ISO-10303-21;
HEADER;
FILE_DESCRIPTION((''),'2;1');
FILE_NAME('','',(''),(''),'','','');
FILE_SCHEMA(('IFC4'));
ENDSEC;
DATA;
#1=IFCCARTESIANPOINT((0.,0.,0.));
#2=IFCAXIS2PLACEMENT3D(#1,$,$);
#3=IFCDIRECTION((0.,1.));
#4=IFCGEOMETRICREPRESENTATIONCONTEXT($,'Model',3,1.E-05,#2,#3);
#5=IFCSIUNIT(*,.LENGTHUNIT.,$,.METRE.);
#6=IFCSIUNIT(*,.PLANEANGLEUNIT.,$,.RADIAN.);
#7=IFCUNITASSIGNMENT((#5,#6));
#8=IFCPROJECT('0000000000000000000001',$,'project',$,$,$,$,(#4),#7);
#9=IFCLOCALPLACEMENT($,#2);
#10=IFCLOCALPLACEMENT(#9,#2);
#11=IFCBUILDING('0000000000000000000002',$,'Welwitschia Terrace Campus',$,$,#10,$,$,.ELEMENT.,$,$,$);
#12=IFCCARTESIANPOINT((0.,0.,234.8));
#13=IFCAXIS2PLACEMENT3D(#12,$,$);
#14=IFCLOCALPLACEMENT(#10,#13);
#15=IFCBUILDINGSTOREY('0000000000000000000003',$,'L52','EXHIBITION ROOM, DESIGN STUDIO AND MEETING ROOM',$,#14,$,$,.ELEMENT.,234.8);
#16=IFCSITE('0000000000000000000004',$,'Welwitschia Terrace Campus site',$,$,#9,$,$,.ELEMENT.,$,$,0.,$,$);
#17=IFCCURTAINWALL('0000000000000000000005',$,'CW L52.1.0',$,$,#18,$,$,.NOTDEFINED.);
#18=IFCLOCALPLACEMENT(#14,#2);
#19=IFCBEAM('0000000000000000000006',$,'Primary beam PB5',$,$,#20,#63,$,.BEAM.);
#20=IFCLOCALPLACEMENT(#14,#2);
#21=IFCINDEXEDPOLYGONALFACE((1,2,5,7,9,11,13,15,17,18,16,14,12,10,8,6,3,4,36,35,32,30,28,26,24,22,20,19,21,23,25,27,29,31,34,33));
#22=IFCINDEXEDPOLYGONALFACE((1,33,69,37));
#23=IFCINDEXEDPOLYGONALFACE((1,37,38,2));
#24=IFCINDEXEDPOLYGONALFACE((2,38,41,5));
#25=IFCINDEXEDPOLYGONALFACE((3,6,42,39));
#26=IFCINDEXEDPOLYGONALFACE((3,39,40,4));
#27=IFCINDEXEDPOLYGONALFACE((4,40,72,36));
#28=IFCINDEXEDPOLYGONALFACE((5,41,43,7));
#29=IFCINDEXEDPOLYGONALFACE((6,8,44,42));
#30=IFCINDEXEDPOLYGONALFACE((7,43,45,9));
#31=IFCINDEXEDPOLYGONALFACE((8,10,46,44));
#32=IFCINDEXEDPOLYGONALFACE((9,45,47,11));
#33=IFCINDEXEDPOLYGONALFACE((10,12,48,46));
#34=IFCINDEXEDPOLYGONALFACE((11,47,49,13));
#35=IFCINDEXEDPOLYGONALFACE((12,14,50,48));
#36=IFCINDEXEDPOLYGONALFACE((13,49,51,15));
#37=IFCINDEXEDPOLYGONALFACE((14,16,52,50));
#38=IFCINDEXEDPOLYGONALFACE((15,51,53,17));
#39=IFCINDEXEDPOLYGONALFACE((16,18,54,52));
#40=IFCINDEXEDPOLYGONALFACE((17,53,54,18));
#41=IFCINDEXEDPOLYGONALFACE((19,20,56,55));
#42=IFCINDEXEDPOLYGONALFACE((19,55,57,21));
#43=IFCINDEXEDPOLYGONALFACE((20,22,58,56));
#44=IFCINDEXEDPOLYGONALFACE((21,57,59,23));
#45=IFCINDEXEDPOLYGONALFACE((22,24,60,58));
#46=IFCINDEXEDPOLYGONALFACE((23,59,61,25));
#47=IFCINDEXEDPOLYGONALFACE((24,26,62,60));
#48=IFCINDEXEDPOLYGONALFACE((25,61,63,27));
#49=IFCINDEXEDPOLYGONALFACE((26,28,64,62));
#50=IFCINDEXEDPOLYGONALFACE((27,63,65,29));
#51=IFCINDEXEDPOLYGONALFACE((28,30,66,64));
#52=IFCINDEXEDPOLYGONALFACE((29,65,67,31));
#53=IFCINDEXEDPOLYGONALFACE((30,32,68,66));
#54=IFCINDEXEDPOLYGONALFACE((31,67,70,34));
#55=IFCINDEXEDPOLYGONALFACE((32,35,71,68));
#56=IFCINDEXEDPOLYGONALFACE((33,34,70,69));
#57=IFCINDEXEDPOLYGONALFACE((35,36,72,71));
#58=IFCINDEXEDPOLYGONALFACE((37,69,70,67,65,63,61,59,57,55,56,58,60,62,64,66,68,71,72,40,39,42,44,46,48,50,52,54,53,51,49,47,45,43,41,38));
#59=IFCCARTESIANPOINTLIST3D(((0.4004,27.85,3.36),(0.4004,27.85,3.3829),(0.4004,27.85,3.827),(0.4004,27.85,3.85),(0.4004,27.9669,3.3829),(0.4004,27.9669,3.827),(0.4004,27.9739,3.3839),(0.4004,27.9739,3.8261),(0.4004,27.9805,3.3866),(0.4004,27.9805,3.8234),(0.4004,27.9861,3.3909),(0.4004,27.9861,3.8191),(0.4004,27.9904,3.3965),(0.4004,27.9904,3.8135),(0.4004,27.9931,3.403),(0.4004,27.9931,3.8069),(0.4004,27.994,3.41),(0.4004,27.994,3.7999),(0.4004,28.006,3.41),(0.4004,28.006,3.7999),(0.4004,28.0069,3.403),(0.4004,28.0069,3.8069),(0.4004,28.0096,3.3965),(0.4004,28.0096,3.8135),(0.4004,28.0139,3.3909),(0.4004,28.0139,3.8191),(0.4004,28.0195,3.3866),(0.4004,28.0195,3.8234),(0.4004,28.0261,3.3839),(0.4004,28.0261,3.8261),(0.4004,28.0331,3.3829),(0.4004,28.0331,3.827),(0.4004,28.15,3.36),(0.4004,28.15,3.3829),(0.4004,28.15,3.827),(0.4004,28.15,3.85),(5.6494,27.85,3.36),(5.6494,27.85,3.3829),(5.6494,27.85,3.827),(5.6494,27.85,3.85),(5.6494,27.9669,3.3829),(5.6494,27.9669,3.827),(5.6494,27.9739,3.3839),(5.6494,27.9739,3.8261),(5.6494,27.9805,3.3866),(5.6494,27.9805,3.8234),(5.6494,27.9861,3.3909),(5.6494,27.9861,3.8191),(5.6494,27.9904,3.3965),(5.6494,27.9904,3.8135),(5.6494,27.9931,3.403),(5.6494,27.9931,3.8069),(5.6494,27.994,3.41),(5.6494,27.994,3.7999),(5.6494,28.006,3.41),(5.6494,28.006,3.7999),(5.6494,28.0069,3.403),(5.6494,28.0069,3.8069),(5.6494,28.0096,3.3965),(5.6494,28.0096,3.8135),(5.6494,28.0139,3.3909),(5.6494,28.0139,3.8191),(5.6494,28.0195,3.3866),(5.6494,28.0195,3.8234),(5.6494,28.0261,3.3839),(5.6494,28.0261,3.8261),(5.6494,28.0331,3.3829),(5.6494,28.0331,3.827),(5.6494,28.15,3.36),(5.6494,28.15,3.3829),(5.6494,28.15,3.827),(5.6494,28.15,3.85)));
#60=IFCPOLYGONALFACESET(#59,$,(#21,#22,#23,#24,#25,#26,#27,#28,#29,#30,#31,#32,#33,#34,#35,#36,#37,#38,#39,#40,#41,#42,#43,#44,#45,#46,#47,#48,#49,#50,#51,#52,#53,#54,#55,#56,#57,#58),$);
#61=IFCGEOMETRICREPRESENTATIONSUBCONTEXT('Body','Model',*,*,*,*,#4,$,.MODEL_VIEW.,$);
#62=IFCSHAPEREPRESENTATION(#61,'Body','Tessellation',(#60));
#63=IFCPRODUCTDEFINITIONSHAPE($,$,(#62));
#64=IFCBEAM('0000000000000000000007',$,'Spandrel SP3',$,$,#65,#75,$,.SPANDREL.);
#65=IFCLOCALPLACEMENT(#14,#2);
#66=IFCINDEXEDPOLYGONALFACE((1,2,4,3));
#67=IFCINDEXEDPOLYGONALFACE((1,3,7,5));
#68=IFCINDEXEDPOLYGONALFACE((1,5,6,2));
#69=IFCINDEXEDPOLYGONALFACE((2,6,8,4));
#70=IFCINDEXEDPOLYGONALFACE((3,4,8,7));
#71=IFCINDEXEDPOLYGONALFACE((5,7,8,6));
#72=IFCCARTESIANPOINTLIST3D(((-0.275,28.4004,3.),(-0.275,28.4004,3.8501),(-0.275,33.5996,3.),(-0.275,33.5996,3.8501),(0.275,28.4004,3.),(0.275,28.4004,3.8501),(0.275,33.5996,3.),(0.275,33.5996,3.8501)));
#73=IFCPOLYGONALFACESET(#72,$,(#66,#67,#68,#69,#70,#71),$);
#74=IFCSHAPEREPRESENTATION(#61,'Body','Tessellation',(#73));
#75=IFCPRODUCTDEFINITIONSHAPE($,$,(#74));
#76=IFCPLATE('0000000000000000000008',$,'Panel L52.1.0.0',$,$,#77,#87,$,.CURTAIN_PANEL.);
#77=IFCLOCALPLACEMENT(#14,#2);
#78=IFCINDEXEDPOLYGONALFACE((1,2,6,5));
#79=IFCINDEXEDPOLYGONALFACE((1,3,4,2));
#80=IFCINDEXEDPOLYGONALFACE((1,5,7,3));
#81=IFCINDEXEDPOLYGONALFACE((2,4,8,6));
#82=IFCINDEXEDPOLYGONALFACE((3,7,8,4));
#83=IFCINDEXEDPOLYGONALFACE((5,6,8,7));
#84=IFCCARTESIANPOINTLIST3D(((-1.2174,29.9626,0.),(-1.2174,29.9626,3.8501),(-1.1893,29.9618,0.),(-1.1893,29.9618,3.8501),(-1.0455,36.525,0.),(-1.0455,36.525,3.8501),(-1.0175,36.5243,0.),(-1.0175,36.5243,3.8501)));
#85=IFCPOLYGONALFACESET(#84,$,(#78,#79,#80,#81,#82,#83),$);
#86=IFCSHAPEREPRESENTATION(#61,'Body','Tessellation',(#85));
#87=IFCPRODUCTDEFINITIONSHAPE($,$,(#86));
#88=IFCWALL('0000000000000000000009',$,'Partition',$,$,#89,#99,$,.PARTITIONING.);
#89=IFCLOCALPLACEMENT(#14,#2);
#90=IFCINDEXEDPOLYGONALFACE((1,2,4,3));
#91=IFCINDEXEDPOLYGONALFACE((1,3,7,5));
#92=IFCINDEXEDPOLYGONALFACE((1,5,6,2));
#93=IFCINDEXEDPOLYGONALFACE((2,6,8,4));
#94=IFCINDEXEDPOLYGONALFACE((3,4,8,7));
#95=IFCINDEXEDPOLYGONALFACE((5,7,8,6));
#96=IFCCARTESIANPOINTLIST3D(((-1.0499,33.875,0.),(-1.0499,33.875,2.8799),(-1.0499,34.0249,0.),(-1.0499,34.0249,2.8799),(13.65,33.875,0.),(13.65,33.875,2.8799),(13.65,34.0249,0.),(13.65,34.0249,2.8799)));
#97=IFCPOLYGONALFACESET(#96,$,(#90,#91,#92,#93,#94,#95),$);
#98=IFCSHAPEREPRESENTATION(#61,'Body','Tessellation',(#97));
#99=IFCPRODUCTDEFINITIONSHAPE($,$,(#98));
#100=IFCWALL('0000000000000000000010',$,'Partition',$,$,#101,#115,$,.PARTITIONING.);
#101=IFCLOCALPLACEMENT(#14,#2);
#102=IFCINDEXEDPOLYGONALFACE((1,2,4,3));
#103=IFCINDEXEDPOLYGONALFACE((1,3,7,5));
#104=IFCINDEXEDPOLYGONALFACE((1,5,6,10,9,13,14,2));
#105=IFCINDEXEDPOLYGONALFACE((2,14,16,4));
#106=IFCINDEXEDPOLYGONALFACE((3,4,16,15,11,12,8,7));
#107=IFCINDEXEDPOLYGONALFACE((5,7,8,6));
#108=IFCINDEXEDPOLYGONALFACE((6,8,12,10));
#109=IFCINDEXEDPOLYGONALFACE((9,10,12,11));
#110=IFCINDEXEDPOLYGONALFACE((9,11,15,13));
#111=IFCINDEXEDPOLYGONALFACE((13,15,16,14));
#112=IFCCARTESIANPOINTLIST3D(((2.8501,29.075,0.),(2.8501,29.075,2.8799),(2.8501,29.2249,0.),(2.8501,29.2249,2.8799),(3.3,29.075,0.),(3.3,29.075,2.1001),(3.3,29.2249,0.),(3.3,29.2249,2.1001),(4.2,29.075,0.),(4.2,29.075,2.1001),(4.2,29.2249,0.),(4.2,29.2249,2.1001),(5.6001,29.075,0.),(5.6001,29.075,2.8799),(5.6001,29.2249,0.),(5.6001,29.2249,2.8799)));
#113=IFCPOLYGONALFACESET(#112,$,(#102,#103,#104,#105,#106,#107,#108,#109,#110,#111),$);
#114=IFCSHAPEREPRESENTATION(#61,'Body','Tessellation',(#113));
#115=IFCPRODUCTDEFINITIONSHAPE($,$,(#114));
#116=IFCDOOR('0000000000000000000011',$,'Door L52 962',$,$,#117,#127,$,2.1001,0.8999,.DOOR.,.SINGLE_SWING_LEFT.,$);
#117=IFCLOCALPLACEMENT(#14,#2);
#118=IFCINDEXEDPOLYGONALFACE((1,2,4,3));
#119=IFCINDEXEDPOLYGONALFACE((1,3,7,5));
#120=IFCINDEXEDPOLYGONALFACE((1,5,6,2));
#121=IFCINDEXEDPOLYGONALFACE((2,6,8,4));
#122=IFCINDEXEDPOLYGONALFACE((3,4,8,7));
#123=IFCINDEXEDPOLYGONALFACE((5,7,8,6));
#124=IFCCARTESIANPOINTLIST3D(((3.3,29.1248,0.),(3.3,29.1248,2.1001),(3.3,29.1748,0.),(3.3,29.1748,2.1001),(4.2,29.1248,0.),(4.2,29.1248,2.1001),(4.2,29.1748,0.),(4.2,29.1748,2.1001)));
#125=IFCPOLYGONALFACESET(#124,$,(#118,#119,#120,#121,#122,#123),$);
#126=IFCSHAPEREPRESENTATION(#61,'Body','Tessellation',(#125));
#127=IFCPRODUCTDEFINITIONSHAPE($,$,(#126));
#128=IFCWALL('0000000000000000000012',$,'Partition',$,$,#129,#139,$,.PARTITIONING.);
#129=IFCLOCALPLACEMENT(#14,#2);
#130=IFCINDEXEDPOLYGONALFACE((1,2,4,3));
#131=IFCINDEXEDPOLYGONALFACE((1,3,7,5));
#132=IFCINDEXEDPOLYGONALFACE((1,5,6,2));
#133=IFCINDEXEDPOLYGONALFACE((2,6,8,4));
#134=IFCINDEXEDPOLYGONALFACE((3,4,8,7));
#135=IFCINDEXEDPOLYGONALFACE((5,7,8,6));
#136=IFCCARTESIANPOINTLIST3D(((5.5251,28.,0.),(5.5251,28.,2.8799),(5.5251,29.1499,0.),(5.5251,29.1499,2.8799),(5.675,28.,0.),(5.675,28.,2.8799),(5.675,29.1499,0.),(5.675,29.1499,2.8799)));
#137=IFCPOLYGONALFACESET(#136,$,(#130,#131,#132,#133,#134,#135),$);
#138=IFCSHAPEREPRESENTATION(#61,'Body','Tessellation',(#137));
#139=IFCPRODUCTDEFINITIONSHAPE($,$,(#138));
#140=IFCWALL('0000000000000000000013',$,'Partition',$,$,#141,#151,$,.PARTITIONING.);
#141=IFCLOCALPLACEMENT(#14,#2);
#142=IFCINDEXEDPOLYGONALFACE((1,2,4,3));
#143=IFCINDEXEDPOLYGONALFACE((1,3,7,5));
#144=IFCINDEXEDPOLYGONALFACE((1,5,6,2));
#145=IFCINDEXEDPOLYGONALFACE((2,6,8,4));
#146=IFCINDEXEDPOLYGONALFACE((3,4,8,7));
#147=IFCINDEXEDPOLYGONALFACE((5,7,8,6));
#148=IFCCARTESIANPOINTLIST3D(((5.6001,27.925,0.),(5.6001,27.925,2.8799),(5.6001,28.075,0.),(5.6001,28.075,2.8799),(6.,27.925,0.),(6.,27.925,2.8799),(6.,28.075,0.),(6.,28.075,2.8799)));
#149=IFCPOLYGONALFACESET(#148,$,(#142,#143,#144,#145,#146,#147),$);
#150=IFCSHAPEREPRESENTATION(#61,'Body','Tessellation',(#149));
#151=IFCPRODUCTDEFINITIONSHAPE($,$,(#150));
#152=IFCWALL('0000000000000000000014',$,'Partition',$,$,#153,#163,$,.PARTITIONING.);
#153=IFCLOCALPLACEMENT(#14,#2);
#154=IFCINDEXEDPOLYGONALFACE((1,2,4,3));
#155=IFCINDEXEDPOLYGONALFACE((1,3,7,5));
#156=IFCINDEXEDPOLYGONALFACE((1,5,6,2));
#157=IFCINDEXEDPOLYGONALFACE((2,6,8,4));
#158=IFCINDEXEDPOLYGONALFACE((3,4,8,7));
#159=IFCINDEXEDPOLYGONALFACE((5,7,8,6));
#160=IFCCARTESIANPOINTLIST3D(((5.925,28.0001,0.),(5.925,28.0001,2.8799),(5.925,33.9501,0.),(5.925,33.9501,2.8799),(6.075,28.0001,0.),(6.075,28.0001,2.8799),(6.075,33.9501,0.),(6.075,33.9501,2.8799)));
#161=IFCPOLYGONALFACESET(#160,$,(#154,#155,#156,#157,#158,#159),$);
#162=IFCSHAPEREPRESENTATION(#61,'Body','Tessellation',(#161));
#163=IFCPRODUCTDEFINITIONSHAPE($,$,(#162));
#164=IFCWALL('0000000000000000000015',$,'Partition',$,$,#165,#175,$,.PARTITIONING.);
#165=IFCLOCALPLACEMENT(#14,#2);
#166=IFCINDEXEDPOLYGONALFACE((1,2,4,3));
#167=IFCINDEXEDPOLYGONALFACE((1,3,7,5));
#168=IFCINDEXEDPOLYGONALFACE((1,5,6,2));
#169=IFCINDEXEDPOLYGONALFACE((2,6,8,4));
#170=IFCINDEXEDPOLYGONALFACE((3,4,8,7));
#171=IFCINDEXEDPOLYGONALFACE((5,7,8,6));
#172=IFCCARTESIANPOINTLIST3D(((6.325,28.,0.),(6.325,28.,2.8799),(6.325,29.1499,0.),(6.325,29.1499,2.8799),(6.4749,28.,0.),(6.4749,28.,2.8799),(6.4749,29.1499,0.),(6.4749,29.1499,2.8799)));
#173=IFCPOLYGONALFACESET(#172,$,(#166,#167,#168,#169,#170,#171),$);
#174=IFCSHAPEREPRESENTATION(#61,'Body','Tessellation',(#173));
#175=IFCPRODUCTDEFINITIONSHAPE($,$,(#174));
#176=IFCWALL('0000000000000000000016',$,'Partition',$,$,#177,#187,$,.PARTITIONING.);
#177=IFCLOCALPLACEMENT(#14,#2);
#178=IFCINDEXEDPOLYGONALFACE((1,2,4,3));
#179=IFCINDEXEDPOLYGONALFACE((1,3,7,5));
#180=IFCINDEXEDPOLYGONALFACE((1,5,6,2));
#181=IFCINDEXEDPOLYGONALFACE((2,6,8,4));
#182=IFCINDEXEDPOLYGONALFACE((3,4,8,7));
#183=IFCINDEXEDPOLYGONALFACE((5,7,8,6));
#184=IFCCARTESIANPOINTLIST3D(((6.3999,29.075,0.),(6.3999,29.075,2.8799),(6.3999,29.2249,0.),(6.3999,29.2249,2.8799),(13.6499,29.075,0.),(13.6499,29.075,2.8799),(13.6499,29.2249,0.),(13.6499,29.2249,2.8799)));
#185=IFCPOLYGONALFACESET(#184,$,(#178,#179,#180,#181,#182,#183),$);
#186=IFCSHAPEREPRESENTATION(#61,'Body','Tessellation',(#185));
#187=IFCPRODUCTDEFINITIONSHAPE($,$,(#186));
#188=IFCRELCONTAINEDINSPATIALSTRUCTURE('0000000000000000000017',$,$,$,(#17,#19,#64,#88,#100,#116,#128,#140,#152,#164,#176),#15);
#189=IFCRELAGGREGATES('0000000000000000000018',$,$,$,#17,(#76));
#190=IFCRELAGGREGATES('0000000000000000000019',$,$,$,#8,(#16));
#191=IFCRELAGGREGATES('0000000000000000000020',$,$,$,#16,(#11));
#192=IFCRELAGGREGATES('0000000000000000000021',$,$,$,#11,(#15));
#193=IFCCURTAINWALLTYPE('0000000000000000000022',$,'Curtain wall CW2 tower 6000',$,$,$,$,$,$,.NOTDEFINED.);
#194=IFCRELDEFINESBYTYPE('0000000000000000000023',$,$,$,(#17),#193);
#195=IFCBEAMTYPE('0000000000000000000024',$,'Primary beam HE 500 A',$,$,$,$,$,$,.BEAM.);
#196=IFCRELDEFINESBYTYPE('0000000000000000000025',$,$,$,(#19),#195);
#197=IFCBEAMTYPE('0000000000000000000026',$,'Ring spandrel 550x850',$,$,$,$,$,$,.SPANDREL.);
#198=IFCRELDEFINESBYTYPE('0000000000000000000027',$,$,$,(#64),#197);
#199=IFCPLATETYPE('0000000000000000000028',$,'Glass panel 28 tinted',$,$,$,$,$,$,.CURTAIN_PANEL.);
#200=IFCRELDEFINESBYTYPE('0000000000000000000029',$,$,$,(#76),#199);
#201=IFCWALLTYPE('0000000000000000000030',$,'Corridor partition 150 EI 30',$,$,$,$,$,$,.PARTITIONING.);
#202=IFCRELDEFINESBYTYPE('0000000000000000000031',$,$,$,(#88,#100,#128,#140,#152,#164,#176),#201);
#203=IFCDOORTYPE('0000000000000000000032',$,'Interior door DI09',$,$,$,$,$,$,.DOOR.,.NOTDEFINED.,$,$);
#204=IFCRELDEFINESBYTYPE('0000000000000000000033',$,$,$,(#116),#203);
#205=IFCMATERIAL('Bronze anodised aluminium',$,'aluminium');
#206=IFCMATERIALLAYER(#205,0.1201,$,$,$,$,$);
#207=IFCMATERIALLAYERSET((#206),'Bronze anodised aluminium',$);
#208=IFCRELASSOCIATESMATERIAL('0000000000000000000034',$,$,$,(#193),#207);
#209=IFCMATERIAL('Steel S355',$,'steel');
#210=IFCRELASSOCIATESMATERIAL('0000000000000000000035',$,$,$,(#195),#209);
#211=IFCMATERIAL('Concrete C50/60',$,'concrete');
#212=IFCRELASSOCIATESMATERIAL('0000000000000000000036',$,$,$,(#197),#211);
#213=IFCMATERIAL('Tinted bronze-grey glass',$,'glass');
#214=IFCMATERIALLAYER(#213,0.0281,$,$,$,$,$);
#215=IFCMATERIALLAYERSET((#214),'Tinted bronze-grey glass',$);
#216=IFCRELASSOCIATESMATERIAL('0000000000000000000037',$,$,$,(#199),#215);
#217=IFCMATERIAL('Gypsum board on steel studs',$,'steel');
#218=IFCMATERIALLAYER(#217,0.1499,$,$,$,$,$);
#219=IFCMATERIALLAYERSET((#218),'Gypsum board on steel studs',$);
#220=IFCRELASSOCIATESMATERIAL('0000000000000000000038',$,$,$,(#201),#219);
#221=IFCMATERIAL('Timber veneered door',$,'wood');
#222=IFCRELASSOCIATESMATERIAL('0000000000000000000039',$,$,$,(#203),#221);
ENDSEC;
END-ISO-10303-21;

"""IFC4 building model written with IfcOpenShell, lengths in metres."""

from ifc_helpers import new_model, si_unit, direction, frame, frame_2d, origin, origin_2d, place, context, subcontext, project, spatial, rectangle, i_section, extrude, material, layer, layer_set, material_profile, profile_set, type_object, element, fill, aggregate, save


model = new_model("IFC4")

# Units and contexts
model_context = context("Model", 3, precision=1e-05, world=origin(), true_north=direction((0.0, 1.0)))
body_context = subcontext(model_context, "Body", "Model", "MODEL_VIEW")
ifc_project = project(units=[si_unit("LENGTHUNIT", "METRE"), si_unit("PLANEANGLEUNIT", "RADIAN")], contexts=[model_context])

# Site, building, storey
site_placement = place(None, origin())
site = spatial("IfcSite", under=ifc_project, at=site_placement, Name="Welwitschia Terrace Campus site", CompositionType="ELEMENT", RefElevation=0.0)
building_placement = place(site_placement, origin())
building = spatial("IfcBuilding", under=site, at=building_placement, Name="Welwitschia Terrace Campus", CompositionType="ELEMENT")
storey_placement = place(building_placement, frame((0.0, 0.0, 234.8)))
storey = spatial("IfcBuildingStorey", under=building, at=storey_placement, Name="L52", Description="EXHIBITION ROOM, DESIGN STUDIO AND MEETING ROOM", CompositionType="ELEMENT", Elevation=234.8)

# Curtain wall
ifc_material_1 = material(Name="Bronze anodised aluminium", Category="aluminium")
ifc_layer_1 = layer(ifc_material_1, 0.1201)
ifc_layer_set_1 = layer_set([ifc_layer_1], Name="Bronze anodised aluminium")
curtain_wall_type = type_object("IfcCurtainWallType", Name="Curtain wall CW2 tower 6000", PredefinedType="NOTDEFINED", material=ifc_layer_set_1)
curtain_wall_placement = place(storey_placement, origin())
curtain_wall = element("IfcCurtainWall", 1, at=curtain_wall_placement, inside=storey, type_object=curtain_wall_type, Name="CW L52.1.0", PredefinedType="NOTDEFINED")

# Beams
ifc_material_2 = material(Name="Steel S355", Category="steel")
ifc_material_profile_1 = material_profile(ifc_material_2, i_section(OverallWidth=0.3, OverallDepth=0.49, WebThickness=0.012, FlangeThickness=0.0229, FilletRadius=0.0271, at=origin_2d()))
ifc_profile_set_1 = profile_set([ifc_material_profile_1], Name="Steel S355")
beam_type_1 = type_object("IfcBeamType", Name="Primary beam HE 500 A", PredefinedType="BEAM", material=ifc_profile_set_1)
beam_1_placement = place(storey_placement, frame((0.4004, 28.0, 3.605), z_axis=(1.0, 0.0, 0.0), x_axis=(0.0, 1.0, 0.0)))
element("IfcBeam", 2, at=beam_1_placement, inside=storey, type_object=beam_type_1, Name="Primary beam PB5", PredefinedType="BEAM", context=body_context, shape_type="SweptSolid", body=[
    extrude(i_section(OverallWidth=0.3, OverallDepth=0.49, WebThickness=0.012, FlangeThickness=0.0229, FilletRadius=0.0271, at=origin_2d()), origin(), (0.0, 0.0, 1.0), 5.249),
])
ifc_material_3 = material(Name="Concrete C50/60", Category="concrete")
ifc_material_profile_2 = material_profile(ifc_material_3, rectangle(XDim=0.55, YDim=0.8501, at=origin_2d()))
ifc_profile_set_2 = profile_set([ifc_material_profile_2], Name="Concrete C50/60")
beam_type_2 = type_object("IfcBeamType", Name="Ring spandrel 550x850", PredefinedType="SPANDREL", material=ifc_profile_set_2)
beam_2_placement = place(storey_placement, frame((0.0, 33.5996, 3.425), z_axis=(0.0, -1.0, 0.0), x_axis=(1.0, 0.0, 0.0)))
element("IfcBeam", 3, at=beam_2_placement, inside=storey, type_object=beam_type_2, Name="Spandrel SP3", PredefinedType="SPANDREL", context=body_context, shape_type="SweptSolid", body=[
    extrude(rectangle(XDim=0.55, YDim=0.8501, at=origin_2d()), origin(), (0.0, 0.0, 1.0), 5.1992),
])

# Plate
ifc_material_4 = material(Name="Tinted bronze-grey glass", Category="glass")
ifc_layer_2 = layer(ifc_material_4, 0.0281)
ifc_layer_set_2 = layer_set([ifc_layer_2], Name="Tinted bronze-grey glass")
plate_type = type_object("IfcPlateType", Name="Glass panel 28 tinted", PredefinedType="CURTAIN_PANEL", material=ifc_layer_set_2)
plate_placement = place(storey_placement, frame((-1.1174, 33.2434, 0.0), z_axis=(0.0, 0.0, 1.0), x_axis=(-0.026177, -0.999657, 0.0)))
plate = element("IfcPlate", 4, at=plate_placement, type_object=plate_type, Name="Panel L52.1.0.0", PredefinedType="CURTAIN_PANEL", context=body_context, shape_type="SweptSolid", body=[
    extrude(rectangle(XDim=6.5647, YDim=0.0281, at=origin_2d()), origin(), (0.0, 0.0, 1.0), 3.8501),
])
aggregate(curtain_wall, [plate])

# Wall
ifc_material_5 = material(Name="Gypsum board on steel studs", Category="steel")
ifc_layer_3 = layer(ifc_material_5, 0.1499)
ifc_layer_set_3 = layer_set([ifc_layer_3], Name="Gypsum board on steel studs")
wall_type = type_object("IfcWallType", Name="Corridor partition 150 EI 30", PredefinedType="PARTITIONING", material=ifc_layer_set_3)
wall_1_placement = place(storey_placement, frame((-1.05, 33.95, 0.0), z_axis=(0.0, 0.0, 1.0), x_axis=(1.0, 0.0, 0.0)))
element("IfcWall", 5, at=wall_1_placement, inside=storey, type_object=wall_type, Name="Partition", PredefinedType="PARTITIONING", context=body_context, shape_type="SweptSolid", body=[
    extrude(rectangle(XDim=14.7, YDim=0.1499, at=frame_2d((7.3501, 0.0))), origin(), (0.0, 0.0, 1.0), 2.8799),
])

# Wall, opening, door
wall_2_placement = place(storey_placement, frame((2.8501, 29.1499, 0.0), z_axis=(0.0, 0.0, 1.0), x_axis=(1.0, 0.0, 0.0)))
wall_2 = element("IfcWall", 6, at=wall_2_placement, inside=storey, type_object=wall_type, Name="Partition", PredefinedType="PARTITIONING", context=body_context, shape_type="SweptSolid", body=[
    extrude(rectangle(XDim=2.75, YDim=0.1499, at=frame_2d((1.375, 0.0))), origin(), (0.0, 0.0, 1.0), 2.8799),
])
opening_1_placement = place(wall_2_placement, frame((0.45, 0.0, 0.0)))
opening_1 = element("IfcOpeningElement", 7, at=opening_1_placement, cuts=wall_2, PredefinedType="OPENING", context=body_context, shape_type="SweptSolid", body=[
    extrude(rectangle(XDim=0.8999, YDim=2.1001, at=frame_2d((0.45, 1.05))), frame((0.0, 0.085, 0.0), z_axis=(0.0, -1.0, 0.0), x_axis=(1.0, 0.0, 0.0)), (0.0, 0.0, 1.0), 0.1699),
])
ifc_material_6 = material(Name="Timber veneered door", Category="wood")
door_type = type_object("IfcDoorType", Name="Interior door DI09", OperationType="NOTDEFINED", PredefinedType="DOOR", material=ifc_material_6)
door_1_placement = place(opening_1_placement, origin())
door_1 = element("IfcDoor", 8, at=door_1_placement, inside=storey, type_object=door_type, Name="Door L52 962", OperationType="SINGLE_SWING_LEFT", OverallHeight=2.1001, OverallWidth=0.8999, PredefinedType="DOOR", context=body_context, shape_type="SweptSolid", body=[
    extrude(rectangle(XDim=0.8999, YDim=2.1001, at=frame_2d((0.45, 1.05))), frame((0.0, 0.0249, 0.0), z_axis=(0.0, -1.0, 0.0), x_axis=(1.0, 0.0, 0.0)), (0.0, 0.0, 1.0), 0.05),
])
fill(opening_1, door_1)

# Walls
wall_3_placement = place(storey_placement, frame((5.6001, 28.0, 0.0), z_axis=(0.0, 0.0, 1.0), x_axis=(0.0, 1.0, 0.0)))
element("IfcWall", 9, at=wall_3_placement, inside=storey, type_object=wall_type, Name="Partition", PredefinedType="PARTITIONING", context=body_context, shape_type="SweptSolid", body=[
    extrude(rectangle(XDim=1.1499, YDim=0.1499, at=frame_2d((0.575, 0.0))), origin(), (0.0, 0.0, 1.0), 2.8799),
])
wall_4_placement = place(storey_placement, frame((5.6001, 28.0, 0.0), z_axis=(0.0, 0.0, 1.0), x_axis=(1.0, 0.0, 0.0)))
element("IfcWall", 10, at=wall_4_placement, inside=storey, type_object=wall_type, Name="Partition", PredefinedType="PARTITIONING", context=body_context, shape_type="SweptSolid", body=[
    extrude(rectangle(XDim=0.3999, YDim=0.1499, at=frame_2d((0.2, 0.0))), origin(), (0.0, 0.0, 1.0), 2.8799),
])
wall_5_placement = place(storey_placement, frame((6.0, 28.0, 0.0), z_axis=(0.0, 0.0, 1.0), x_axis=(0.0, 1.0, 0.0)))
element("IfcWall", 11, at=wall_5_placement, inside=storey, type_object=wall_type, Name="Partition", PredefinedType="PARTITIONING", context=body_context, shape_type="SweptSolid", body=[
    extrude(rectangle(XDim=5.95, YDim=0.1499, at=frame_2d((2.9751, 0.0))), origin(), (0.0, 0.0, 1.0), 2.8799),
])
wall_6_placement = place(storey_placement, frame((6.3999, 28.0, 0.0), z_axis=(0.0, 0.0, 1.0), x_axis=(0.0, 1.0, 0.0)))
element("IfcWall", 12, at=wall_6_placement, inside=storey, type_object=wall_type, Name="Partition", PredefinedType="PARTITIONING", context=body_context, shape_type="SweptSolid", body=[
    extrude(rectangle(XDim=1.1499, YDim=0.1499, at=frame_2d((0.575, 0.0))), origin(), (0.0, 0.0, 1.0), 2.8799),
])
wall_7_placement = place(storey_placement, frame((6.3999, 29.1499, 0.0), z_axis=(0.0, 0.0, 1.0), x_axis=(1.0, 0.0, 0.0)))
element("IfcWall", 13, at=wall_7_placement, inside=storey, type_object=wall_type, Name="Partition", PredefinedType="PARTITIONING", context=body_context, shape_type="SweptSolid", body=[
    extrude(rectangle(XDim=7.25, YDim=0.1499, at=frame_2d((3.625, 0.0))), origin(), (0.0, 0.0, 1.0), 2.8799),
])

save(model, "model.ifc")
